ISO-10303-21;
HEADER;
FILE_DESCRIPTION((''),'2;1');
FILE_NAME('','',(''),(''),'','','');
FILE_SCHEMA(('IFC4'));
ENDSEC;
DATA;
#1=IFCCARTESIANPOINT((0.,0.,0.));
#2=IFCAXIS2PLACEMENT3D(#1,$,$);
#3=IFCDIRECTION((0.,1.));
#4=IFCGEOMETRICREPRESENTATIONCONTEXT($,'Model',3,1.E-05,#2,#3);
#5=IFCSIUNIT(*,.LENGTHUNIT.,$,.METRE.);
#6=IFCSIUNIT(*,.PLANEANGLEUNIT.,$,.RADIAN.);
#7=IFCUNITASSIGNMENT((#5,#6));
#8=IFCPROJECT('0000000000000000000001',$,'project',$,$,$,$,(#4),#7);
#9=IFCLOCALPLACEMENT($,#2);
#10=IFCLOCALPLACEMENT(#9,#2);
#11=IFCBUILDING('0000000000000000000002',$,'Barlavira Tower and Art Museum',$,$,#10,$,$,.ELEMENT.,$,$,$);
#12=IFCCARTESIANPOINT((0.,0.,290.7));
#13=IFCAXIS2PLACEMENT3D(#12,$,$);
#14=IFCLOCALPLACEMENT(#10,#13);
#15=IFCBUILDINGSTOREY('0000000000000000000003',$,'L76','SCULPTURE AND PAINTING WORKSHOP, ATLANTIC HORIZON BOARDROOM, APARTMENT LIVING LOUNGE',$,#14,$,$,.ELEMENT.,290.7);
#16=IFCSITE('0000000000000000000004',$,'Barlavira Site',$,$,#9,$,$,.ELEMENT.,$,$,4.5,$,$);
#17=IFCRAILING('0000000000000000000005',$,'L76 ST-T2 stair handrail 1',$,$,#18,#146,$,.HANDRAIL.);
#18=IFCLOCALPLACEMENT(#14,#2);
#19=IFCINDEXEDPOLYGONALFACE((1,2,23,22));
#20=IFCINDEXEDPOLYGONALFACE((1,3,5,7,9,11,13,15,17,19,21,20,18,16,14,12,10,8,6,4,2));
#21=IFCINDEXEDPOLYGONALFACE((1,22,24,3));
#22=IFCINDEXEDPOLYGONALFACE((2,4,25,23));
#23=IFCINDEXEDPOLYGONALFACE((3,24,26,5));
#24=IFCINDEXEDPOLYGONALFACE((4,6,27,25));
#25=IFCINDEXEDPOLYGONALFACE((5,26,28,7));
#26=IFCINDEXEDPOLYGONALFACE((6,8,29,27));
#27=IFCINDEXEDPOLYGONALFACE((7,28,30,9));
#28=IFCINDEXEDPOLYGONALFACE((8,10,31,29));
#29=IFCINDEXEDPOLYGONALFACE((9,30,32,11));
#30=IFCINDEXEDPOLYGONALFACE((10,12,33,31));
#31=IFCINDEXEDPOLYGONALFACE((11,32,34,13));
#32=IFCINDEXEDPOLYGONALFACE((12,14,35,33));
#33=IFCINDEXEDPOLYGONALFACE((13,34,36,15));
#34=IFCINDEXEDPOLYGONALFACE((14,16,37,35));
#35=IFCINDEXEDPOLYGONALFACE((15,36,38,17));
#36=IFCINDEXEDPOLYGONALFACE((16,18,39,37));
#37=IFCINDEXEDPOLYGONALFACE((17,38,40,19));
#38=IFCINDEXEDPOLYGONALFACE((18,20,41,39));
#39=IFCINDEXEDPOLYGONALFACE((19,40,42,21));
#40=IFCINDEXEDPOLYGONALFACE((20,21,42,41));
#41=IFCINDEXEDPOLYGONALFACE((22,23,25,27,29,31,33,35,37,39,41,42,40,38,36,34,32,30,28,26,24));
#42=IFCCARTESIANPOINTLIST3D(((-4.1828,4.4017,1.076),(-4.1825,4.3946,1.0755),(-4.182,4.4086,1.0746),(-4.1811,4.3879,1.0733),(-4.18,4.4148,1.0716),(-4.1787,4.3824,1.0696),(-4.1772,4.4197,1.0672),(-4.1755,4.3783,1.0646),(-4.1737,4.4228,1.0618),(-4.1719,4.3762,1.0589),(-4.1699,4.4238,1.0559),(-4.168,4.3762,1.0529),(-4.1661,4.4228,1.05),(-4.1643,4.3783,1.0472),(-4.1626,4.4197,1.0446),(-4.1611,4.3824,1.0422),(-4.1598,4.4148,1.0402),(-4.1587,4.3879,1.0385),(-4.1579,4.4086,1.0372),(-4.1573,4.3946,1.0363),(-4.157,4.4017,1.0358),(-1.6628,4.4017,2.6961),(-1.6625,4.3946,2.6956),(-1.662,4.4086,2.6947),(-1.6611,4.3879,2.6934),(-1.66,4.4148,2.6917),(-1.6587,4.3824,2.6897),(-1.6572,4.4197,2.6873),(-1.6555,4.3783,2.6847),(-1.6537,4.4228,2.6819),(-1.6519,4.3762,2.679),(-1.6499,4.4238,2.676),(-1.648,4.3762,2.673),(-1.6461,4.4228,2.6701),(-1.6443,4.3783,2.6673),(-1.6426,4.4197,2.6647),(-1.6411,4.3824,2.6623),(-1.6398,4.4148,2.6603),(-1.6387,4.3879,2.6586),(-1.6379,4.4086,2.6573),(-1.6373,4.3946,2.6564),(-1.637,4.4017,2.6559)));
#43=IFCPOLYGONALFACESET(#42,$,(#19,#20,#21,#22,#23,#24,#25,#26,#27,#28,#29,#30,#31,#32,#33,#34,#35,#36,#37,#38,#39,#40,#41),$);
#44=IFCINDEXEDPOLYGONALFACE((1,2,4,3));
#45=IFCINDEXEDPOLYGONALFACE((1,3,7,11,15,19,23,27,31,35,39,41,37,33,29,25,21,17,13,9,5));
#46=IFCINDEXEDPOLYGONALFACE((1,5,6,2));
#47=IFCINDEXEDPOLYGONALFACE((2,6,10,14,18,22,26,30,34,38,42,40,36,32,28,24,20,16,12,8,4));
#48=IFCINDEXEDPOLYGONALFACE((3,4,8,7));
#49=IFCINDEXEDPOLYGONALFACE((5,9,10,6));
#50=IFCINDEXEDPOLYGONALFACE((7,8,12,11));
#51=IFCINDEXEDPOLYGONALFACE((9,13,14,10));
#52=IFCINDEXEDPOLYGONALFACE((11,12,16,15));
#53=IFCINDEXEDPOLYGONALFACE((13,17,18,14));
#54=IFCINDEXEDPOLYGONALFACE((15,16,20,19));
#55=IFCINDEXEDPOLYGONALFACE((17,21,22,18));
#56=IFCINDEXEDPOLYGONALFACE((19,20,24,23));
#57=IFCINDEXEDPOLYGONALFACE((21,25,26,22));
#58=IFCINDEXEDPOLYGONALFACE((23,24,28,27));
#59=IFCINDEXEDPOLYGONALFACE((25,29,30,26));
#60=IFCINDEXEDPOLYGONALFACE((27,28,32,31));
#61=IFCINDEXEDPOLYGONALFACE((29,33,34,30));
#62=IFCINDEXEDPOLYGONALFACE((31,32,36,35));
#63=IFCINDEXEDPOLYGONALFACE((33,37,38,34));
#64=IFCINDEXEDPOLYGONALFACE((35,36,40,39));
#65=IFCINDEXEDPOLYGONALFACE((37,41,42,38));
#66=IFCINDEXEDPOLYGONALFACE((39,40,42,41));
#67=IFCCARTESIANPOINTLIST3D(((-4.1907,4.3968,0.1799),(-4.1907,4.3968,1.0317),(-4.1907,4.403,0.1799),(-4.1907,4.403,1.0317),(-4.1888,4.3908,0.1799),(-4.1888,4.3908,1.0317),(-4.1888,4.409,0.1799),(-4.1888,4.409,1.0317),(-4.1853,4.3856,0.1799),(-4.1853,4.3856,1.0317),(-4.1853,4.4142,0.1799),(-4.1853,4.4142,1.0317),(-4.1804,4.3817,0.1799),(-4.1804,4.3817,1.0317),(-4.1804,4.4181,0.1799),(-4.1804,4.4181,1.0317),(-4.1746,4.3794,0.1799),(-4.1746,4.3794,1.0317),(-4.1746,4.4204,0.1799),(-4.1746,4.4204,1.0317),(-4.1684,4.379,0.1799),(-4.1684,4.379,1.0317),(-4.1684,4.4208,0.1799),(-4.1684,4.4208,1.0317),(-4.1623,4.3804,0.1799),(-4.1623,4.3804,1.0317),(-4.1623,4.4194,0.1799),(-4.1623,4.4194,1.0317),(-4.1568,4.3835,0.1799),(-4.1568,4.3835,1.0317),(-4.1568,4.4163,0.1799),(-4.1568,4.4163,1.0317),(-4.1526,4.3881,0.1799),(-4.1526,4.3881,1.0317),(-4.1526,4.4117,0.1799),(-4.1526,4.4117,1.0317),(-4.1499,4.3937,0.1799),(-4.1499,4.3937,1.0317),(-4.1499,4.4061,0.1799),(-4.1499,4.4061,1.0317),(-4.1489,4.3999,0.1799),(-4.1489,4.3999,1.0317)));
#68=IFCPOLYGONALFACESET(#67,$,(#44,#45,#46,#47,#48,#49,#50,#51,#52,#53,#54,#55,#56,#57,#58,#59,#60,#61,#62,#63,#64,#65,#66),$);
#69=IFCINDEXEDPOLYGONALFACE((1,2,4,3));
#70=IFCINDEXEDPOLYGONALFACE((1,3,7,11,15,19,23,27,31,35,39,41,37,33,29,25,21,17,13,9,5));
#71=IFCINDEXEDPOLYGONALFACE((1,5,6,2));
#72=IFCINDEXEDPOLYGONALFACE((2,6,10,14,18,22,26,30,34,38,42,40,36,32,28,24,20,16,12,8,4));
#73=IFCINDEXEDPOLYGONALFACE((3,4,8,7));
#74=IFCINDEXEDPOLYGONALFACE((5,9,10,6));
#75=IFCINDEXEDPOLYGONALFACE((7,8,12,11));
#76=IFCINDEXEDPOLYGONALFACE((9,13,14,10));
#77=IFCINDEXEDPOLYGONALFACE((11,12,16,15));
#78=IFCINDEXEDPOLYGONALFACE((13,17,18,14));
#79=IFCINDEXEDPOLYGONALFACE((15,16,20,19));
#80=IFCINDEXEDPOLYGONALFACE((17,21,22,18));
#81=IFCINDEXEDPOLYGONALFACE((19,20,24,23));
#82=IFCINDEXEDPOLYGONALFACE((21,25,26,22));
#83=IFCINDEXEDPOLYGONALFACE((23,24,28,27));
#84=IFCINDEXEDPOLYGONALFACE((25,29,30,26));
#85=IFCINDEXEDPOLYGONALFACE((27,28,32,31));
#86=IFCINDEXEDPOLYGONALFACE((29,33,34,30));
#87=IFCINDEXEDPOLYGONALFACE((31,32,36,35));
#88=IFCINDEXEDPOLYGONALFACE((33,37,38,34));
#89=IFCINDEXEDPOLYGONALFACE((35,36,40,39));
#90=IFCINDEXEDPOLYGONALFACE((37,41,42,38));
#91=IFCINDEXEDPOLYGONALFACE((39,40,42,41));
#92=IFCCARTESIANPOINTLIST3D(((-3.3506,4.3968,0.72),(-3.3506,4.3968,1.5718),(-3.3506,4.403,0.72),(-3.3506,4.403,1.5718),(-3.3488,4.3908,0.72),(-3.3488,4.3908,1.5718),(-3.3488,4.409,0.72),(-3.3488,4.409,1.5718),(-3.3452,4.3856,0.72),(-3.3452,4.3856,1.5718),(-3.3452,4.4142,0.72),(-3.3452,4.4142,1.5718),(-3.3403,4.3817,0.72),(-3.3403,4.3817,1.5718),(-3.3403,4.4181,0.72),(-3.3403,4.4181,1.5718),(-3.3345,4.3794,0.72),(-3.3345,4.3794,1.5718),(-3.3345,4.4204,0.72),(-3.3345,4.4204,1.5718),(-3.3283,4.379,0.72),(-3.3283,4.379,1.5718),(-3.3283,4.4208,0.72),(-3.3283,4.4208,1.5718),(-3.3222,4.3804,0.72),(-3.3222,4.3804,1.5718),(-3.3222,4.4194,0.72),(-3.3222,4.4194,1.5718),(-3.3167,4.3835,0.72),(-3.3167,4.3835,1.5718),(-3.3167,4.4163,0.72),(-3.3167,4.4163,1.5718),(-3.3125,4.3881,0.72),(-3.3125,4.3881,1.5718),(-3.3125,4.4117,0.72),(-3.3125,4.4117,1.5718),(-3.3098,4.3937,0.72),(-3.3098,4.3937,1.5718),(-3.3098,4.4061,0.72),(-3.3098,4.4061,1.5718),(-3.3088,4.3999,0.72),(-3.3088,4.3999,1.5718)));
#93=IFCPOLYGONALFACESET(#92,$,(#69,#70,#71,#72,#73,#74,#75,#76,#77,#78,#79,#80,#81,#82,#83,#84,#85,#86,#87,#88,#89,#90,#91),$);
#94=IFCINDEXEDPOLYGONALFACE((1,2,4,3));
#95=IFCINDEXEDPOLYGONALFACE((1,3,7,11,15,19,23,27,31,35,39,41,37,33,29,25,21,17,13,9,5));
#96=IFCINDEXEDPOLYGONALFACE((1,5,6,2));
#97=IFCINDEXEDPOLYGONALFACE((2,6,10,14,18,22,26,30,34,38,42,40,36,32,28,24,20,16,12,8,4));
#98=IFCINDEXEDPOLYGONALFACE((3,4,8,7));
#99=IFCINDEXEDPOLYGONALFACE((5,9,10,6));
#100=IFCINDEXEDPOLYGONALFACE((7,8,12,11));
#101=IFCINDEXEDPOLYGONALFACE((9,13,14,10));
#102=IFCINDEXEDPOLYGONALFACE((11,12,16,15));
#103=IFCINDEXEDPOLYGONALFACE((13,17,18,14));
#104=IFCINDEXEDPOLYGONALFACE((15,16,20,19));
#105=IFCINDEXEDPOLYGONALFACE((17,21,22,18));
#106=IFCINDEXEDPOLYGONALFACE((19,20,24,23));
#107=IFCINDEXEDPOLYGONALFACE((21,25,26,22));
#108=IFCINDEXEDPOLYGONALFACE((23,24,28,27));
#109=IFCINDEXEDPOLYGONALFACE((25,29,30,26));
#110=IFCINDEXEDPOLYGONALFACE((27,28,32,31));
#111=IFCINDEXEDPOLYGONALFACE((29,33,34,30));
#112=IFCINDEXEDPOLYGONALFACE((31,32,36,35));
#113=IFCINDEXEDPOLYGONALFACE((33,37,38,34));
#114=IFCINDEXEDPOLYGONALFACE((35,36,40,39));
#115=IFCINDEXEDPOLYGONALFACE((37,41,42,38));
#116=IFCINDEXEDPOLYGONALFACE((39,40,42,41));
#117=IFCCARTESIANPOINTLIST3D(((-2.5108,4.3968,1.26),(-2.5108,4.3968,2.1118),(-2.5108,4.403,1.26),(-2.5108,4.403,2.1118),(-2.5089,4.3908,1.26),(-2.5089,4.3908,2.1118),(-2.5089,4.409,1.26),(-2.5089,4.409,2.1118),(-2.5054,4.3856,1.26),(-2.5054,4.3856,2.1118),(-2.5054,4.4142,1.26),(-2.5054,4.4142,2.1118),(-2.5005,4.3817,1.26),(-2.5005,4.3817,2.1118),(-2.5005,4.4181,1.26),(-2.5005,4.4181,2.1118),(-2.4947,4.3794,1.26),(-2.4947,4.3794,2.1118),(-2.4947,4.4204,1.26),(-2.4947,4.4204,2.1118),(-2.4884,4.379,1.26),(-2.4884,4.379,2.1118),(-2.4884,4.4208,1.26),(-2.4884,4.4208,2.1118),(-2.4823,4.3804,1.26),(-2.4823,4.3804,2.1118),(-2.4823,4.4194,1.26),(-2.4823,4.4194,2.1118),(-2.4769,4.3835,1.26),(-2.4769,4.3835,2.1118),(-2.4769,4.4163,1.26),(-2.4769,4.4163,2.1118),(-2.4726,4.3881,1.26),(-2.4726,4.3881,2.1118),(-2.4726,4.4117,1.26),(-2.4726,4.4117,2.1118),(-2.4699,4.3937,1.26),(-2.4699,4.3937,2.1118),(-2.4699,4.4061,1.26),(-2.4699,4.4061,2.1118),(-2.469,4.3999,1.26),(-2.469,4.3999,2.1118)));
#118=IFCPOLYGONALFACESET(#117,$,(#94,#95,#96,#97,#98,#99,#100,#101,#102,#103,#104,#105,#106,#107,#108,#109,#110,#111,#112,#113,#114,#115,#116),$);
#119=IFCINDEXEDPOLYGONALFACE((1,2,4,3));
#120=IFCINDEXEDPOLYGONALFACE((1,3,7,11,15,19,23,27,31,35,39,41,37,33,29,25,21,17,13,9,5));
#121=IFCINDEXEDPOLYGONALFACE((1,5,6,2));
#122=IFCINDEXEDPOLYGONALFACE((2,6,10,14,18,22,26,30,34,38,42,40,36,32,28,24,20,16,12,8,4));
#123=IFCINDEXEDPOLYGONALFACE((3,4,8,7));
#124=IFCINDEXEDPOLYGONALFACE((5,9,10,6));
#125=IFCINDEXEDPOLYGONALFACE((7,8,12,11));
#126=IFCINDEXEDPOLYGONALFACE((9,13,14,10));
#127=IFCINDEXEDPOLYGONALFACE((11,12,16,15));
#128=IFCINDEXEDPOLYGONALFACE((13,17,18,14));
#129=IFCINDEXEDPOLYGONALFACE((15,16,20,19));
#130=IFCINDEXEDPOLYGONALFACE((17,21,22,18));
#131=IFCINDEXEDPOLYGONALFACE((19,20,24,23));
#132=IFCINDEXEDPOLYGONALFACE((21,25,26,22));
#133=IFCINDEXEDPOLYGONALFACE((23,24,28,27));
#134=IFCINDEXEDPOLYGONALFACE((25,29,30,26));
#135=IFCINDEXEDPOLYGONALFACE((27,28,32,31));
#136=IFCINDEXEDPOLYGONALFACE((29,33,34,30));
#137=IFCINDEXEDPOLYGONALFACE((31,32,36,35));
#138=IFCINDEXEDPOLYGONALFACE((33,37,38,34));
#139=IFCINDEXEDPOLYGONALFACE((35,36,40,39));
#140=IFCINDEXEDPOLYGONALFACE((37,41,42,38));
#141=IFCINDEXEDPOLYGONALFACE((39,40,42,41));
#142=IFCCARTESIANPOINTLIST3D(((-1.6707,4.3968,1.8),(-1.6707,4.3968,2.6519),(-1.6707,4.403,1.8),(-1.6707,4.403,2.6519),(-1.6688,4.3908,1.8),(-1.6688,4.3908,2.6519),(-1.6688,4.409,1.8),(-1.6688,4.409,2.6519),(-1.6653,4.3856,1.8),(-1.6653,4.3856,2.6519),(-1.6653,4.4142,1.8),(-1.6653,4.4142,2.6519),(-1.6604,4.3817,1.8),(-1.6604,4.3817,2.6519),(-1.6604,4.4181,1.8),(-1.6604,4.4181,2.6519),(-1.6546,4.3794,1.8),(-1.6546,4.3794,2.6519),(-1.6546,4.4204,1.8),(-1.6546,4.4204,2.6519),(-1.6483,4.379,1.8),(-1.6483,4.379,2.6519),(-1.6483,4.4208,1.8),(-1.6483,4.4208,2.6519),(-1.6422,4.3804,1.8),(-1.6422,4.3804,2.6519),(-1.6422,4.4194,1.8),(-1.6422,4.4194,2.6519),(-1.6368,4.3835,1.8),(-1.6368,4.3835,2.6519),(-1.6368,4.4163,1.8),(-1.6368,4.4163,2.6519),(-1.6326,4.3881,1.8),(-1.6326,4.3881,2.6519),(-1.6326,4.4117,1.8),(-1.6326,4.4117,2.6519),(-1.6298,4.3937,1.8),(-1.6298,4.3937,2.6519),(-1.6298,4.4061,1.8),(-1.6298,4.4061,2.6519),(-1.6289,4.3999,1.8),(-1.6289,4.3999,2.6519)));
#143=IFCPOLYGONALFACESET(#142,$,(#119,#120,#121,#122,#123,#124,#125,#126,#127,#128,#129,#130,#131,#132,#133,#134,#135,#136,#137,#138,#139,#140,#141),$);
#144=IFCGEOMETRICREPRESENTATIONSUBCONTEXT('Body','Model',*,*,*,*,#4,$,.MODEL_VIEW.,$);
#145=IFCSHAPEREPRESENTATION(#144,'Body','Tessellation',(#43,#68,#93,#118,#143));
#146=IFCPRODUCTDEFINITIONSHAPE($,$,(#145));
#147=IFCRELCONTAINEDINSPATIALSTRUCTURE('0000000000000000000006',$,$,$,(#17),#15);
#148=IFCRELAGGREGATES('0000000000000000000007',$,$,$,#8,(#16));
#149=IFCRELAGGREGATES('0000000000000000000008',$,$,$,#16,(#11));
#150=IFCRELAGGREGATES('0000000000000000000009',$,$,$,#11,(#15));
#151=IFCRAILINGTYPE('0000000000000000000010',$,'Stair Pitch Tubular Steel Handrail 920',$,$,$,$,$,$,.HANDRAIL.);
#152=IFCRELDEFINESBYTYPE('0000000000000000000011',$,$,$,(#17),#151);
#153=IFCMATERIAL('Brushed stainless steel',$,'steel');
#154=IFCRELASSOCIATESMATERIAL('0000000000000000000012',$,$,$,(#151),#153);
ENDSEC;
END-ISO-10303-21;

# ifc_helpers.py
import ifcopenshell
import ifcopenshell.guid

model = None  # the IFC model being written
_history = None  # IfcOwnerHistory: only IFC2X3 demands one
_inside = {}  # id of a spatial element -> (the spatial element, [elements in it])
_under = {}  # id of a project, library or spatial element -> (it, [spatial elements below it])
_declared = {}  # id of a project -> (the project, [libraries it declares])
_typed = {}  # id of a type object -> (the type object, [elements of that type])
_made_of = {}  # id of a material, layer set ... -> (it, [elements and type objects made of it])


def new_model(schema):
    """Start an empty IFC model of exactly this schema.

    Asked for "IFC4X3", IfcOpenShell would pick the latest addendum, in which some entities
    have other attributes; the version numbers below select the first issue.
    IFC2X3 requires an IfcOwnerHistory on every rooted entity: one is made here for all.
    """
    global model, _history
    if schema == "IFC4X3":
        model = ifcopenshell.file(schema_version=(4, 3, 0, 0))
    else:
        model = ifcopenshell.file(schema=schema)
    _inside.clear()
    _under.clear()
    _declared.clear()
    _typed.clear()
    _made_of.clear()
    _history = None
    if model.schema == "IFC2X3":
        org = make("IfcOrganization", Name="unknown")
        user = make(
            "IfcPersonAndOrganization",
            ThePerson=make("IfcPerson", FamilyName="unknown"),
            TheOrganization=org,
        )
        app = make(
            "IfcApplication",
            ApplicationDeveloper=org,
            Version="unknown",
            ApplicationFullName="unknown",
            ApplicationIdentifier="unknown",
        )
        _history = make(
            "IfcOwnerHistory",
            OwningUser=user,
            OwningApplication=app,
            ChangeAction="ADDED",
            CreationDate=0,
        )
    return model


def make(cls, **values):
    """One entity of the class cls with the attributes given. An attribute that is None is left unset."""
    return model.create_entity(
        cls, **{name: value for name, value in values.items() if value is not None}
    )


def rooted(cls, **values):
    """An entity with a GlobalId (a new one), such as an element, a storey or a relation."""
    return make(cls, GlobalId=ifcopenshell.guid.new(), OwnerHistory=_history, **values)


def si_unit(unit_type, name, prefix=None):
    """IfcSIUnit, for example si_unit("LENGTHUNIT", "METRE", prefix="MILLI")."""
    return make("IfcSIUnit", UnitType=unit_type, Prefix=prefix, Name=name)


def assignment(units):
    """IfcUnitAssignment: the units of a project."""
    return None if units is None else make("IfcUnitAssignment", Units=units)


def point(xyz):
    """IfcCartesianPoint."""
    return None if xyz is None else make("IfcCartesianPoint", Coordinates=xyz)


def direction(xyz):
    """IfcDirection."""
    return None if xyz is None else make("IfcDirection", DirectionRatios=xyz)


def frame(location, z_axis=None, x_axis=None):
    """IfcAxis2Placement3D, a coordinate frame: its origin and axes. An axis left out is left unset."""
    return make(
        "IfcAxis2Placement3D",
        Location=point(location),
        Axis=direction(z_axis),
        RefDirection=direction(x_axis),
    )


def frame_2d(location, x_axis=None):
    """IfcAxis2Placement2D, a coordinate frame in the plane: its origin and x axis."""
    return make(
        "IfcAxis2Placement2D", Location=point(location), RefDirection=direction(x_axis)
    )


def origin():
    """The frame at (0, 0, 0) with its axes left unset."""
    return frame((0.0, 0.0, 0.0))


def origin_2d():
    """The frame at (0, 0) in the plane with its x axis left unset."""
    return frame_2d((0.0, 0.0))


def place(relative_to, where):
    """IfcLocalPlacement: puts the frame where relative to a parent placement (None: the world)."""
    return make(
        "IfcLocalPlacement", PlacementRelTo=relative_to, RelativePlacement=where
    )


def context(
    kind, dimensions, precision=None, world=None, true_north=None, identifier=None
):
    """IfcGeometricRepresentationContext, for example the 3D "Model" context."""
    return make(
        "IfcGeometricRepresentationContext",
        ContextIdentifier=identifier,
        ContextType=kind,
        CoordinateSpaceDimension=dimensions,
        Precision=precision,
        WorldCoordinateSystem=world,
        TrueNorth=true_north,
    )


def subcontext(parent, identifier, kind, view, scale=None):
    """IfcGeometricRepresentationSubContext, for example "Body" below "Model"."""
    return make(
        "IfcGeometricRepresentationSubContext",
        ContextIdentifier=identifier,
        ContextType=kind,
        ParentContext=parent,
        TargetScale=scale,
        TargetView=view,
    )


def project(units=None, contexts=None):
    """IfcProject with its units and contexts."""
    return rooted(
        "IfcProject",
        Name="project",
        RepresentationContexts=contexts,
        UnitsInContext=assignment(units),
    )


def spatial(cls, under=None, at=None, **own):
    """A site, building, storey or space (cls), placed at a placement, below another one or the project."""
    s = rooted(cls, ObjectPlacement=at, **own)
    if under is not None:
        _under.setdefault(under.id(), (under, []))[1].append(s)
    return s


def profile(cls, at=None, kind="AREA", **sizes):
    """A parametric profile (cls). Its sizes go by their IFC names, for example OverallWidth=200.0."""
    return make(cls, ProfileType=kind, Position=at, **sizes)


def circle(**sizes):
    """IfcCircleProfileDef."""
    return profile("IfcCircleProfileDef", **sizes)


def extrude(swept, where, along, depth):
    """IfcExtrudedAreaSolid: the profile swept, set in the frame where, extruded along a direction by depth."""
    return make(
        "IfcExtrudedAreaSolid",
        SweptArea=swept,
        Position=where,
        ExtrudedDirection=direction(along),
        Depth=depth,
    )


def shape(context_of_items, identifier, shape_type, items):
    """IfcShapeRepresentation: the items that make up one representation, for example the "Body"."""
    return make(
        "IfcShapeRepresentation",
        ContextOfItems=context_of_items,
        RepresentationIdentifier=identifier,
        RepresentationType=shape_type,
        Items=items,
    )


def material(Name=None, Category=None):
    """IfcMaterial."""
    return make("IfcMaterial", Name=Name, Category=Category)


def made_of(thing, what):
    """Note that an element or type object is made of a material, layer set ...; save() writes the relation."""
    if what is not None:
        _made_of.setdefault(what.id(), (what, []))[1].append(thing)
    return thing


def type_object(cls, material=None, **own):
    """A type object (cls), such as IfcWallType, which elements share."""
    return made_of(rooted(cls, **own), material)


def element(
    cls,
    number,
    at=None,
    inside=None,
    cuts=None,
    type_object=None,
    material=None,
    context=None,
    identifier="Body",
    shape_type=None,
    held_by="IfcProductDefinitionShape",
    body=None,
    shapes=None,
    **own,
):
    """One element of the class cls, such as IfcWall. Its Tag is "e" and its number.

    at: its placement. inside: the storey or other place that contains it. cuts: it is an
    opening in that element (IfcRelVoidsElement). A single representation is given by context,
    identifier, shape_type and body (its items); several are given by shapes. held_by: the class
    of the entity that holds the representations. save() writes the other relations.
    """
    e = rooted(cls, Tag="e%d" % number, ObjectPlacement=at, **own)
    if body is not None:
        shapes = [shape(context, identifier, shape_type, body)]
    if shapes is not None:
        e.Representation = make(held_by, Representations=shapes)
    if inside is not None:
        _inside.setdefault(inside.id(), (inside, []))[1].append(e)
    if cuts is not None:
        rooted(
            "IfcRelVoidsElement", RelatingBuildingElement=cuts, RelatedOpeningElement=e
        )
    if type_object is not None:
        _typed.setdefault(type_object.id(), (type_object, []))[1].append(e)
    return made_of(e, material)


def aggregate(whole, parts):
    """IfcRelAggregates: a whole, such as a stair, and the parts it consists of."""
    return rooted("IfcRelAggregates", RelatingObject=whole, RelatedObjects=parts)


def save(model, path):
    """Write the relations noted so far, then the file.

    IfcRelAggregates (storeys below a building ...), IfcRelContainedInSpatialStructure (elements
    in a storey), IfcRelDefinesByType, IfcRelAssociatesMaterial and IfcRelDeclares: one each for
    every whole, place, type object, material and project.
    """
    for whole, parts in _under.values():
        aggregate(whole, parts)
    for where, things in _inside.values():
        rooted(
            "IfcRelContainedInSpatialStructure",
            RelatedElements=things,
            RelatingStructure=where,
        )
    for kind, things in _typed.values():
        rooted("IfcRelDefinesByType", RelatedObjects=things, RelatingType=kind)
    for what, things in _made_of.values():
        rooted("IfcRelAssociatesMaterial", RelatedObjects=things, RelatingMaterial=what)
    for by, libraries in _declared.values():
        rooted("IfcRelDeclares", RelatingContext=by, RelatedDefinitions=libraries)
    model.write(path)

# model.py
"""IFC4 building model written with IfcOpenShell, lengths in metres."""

from ifc_helpers import new_model, si_unit, direction, frame, origin, origin_2d, place, context, subcontext, project, spatial, circle, extrude, material, type_object, element, save


model = new_model("IFC4")

# Units and contexts
model_context = context("Model", 3, precision=1e-05, world=origin(), true_north=direction((0.0, 1.0)))
body_context = subcontext(model_context, "Body", "Model", "MODEL_VIEW")
ifc_project = project(units=[si_unit("LENGTHUNIT", "METRE"), si_unit("PLANEANGLEUNIT", "RADIAN")], contexts=[model_context])

# Site, building, storey
site_placement = place(None, origin())
site = spatial("IfcSite", under=ifc_project, at=site_placement, Name="Barlavira Site", CompositionType="ELEMENT", RefElevation=4.5)
building_placement = place(site_placement, origin())
building = spatial("IfcBuilding", under=site, at=building_placement, Name="Barlavira Tower and Art Museum", CompositionType="ELEMENT")
storey_placement = place(building_placement, frame((0.0, 0.0, 290.7)))
storey = spatial("IfcBuildingStorey", under=building, at=storey_placement, Name="L76", Description="SCULPTURE AND PAINTING WORKSHOP, ATLANTIC HORIZON BOARDROOM, APARTMENT LIVING LOUNGE", CompositionType="ELEMENT", Elevation=290.7)

# Shared definitions
ifc_material_1 = material(Name="Brushed stainless steel", Category="steel")

# Railing
railing_type_1 = type_object("IfcRailingType", Name="Stair Pitch Tubular Steel Handrail 920", PredefinedType="HANDRAIL", material=ifc_material_1)
railing_1_placement = place(storey_placement, frame((-4.1699, 4.3999, 0.1799)))
element("IfcRailing", 1, at=railing_1_placement, inside=storey, type_object=railing_type_1, Name="L76 ST-T2 stair handrail 1", PredefinedType="HANDRAIL", context=body_context, shape_type="SweptSolid", body=[
    extrude(circle(Radius=0.0239, at=origin_2d()), frame((0.0, 0.0, 0.876), z_axis=(0.841163, 0.0, 0.540782), x_axis=(0.0, 1.0, 0.0)), (0.0, 0.0, 1.0), 2.9958),
    extrude(circle(Radius=0.021, at=origin_2d()), origin(), (0.0, 0.0, 1.0), 0.8518),
    extrude(circle(Radius=0.021, at=origin_2d()), frame((0.8401, 0.0, 0.54)), (0.0, 0.0, 1.0), 0.8518),
    extrude(circle(Radius=0.021, at=origin_2d()), frame((1.6799, 0.0, 1.0801)), (0.0, 0.0, 1.0), 0.8518),
    extrude(circle(Radius=0.021, at=origin_2d()), frame((2.52, 0.0, 1.6201)), (0.0, 0.0, 1.0), 0.8518),
])

save(model, "model.ifc")
